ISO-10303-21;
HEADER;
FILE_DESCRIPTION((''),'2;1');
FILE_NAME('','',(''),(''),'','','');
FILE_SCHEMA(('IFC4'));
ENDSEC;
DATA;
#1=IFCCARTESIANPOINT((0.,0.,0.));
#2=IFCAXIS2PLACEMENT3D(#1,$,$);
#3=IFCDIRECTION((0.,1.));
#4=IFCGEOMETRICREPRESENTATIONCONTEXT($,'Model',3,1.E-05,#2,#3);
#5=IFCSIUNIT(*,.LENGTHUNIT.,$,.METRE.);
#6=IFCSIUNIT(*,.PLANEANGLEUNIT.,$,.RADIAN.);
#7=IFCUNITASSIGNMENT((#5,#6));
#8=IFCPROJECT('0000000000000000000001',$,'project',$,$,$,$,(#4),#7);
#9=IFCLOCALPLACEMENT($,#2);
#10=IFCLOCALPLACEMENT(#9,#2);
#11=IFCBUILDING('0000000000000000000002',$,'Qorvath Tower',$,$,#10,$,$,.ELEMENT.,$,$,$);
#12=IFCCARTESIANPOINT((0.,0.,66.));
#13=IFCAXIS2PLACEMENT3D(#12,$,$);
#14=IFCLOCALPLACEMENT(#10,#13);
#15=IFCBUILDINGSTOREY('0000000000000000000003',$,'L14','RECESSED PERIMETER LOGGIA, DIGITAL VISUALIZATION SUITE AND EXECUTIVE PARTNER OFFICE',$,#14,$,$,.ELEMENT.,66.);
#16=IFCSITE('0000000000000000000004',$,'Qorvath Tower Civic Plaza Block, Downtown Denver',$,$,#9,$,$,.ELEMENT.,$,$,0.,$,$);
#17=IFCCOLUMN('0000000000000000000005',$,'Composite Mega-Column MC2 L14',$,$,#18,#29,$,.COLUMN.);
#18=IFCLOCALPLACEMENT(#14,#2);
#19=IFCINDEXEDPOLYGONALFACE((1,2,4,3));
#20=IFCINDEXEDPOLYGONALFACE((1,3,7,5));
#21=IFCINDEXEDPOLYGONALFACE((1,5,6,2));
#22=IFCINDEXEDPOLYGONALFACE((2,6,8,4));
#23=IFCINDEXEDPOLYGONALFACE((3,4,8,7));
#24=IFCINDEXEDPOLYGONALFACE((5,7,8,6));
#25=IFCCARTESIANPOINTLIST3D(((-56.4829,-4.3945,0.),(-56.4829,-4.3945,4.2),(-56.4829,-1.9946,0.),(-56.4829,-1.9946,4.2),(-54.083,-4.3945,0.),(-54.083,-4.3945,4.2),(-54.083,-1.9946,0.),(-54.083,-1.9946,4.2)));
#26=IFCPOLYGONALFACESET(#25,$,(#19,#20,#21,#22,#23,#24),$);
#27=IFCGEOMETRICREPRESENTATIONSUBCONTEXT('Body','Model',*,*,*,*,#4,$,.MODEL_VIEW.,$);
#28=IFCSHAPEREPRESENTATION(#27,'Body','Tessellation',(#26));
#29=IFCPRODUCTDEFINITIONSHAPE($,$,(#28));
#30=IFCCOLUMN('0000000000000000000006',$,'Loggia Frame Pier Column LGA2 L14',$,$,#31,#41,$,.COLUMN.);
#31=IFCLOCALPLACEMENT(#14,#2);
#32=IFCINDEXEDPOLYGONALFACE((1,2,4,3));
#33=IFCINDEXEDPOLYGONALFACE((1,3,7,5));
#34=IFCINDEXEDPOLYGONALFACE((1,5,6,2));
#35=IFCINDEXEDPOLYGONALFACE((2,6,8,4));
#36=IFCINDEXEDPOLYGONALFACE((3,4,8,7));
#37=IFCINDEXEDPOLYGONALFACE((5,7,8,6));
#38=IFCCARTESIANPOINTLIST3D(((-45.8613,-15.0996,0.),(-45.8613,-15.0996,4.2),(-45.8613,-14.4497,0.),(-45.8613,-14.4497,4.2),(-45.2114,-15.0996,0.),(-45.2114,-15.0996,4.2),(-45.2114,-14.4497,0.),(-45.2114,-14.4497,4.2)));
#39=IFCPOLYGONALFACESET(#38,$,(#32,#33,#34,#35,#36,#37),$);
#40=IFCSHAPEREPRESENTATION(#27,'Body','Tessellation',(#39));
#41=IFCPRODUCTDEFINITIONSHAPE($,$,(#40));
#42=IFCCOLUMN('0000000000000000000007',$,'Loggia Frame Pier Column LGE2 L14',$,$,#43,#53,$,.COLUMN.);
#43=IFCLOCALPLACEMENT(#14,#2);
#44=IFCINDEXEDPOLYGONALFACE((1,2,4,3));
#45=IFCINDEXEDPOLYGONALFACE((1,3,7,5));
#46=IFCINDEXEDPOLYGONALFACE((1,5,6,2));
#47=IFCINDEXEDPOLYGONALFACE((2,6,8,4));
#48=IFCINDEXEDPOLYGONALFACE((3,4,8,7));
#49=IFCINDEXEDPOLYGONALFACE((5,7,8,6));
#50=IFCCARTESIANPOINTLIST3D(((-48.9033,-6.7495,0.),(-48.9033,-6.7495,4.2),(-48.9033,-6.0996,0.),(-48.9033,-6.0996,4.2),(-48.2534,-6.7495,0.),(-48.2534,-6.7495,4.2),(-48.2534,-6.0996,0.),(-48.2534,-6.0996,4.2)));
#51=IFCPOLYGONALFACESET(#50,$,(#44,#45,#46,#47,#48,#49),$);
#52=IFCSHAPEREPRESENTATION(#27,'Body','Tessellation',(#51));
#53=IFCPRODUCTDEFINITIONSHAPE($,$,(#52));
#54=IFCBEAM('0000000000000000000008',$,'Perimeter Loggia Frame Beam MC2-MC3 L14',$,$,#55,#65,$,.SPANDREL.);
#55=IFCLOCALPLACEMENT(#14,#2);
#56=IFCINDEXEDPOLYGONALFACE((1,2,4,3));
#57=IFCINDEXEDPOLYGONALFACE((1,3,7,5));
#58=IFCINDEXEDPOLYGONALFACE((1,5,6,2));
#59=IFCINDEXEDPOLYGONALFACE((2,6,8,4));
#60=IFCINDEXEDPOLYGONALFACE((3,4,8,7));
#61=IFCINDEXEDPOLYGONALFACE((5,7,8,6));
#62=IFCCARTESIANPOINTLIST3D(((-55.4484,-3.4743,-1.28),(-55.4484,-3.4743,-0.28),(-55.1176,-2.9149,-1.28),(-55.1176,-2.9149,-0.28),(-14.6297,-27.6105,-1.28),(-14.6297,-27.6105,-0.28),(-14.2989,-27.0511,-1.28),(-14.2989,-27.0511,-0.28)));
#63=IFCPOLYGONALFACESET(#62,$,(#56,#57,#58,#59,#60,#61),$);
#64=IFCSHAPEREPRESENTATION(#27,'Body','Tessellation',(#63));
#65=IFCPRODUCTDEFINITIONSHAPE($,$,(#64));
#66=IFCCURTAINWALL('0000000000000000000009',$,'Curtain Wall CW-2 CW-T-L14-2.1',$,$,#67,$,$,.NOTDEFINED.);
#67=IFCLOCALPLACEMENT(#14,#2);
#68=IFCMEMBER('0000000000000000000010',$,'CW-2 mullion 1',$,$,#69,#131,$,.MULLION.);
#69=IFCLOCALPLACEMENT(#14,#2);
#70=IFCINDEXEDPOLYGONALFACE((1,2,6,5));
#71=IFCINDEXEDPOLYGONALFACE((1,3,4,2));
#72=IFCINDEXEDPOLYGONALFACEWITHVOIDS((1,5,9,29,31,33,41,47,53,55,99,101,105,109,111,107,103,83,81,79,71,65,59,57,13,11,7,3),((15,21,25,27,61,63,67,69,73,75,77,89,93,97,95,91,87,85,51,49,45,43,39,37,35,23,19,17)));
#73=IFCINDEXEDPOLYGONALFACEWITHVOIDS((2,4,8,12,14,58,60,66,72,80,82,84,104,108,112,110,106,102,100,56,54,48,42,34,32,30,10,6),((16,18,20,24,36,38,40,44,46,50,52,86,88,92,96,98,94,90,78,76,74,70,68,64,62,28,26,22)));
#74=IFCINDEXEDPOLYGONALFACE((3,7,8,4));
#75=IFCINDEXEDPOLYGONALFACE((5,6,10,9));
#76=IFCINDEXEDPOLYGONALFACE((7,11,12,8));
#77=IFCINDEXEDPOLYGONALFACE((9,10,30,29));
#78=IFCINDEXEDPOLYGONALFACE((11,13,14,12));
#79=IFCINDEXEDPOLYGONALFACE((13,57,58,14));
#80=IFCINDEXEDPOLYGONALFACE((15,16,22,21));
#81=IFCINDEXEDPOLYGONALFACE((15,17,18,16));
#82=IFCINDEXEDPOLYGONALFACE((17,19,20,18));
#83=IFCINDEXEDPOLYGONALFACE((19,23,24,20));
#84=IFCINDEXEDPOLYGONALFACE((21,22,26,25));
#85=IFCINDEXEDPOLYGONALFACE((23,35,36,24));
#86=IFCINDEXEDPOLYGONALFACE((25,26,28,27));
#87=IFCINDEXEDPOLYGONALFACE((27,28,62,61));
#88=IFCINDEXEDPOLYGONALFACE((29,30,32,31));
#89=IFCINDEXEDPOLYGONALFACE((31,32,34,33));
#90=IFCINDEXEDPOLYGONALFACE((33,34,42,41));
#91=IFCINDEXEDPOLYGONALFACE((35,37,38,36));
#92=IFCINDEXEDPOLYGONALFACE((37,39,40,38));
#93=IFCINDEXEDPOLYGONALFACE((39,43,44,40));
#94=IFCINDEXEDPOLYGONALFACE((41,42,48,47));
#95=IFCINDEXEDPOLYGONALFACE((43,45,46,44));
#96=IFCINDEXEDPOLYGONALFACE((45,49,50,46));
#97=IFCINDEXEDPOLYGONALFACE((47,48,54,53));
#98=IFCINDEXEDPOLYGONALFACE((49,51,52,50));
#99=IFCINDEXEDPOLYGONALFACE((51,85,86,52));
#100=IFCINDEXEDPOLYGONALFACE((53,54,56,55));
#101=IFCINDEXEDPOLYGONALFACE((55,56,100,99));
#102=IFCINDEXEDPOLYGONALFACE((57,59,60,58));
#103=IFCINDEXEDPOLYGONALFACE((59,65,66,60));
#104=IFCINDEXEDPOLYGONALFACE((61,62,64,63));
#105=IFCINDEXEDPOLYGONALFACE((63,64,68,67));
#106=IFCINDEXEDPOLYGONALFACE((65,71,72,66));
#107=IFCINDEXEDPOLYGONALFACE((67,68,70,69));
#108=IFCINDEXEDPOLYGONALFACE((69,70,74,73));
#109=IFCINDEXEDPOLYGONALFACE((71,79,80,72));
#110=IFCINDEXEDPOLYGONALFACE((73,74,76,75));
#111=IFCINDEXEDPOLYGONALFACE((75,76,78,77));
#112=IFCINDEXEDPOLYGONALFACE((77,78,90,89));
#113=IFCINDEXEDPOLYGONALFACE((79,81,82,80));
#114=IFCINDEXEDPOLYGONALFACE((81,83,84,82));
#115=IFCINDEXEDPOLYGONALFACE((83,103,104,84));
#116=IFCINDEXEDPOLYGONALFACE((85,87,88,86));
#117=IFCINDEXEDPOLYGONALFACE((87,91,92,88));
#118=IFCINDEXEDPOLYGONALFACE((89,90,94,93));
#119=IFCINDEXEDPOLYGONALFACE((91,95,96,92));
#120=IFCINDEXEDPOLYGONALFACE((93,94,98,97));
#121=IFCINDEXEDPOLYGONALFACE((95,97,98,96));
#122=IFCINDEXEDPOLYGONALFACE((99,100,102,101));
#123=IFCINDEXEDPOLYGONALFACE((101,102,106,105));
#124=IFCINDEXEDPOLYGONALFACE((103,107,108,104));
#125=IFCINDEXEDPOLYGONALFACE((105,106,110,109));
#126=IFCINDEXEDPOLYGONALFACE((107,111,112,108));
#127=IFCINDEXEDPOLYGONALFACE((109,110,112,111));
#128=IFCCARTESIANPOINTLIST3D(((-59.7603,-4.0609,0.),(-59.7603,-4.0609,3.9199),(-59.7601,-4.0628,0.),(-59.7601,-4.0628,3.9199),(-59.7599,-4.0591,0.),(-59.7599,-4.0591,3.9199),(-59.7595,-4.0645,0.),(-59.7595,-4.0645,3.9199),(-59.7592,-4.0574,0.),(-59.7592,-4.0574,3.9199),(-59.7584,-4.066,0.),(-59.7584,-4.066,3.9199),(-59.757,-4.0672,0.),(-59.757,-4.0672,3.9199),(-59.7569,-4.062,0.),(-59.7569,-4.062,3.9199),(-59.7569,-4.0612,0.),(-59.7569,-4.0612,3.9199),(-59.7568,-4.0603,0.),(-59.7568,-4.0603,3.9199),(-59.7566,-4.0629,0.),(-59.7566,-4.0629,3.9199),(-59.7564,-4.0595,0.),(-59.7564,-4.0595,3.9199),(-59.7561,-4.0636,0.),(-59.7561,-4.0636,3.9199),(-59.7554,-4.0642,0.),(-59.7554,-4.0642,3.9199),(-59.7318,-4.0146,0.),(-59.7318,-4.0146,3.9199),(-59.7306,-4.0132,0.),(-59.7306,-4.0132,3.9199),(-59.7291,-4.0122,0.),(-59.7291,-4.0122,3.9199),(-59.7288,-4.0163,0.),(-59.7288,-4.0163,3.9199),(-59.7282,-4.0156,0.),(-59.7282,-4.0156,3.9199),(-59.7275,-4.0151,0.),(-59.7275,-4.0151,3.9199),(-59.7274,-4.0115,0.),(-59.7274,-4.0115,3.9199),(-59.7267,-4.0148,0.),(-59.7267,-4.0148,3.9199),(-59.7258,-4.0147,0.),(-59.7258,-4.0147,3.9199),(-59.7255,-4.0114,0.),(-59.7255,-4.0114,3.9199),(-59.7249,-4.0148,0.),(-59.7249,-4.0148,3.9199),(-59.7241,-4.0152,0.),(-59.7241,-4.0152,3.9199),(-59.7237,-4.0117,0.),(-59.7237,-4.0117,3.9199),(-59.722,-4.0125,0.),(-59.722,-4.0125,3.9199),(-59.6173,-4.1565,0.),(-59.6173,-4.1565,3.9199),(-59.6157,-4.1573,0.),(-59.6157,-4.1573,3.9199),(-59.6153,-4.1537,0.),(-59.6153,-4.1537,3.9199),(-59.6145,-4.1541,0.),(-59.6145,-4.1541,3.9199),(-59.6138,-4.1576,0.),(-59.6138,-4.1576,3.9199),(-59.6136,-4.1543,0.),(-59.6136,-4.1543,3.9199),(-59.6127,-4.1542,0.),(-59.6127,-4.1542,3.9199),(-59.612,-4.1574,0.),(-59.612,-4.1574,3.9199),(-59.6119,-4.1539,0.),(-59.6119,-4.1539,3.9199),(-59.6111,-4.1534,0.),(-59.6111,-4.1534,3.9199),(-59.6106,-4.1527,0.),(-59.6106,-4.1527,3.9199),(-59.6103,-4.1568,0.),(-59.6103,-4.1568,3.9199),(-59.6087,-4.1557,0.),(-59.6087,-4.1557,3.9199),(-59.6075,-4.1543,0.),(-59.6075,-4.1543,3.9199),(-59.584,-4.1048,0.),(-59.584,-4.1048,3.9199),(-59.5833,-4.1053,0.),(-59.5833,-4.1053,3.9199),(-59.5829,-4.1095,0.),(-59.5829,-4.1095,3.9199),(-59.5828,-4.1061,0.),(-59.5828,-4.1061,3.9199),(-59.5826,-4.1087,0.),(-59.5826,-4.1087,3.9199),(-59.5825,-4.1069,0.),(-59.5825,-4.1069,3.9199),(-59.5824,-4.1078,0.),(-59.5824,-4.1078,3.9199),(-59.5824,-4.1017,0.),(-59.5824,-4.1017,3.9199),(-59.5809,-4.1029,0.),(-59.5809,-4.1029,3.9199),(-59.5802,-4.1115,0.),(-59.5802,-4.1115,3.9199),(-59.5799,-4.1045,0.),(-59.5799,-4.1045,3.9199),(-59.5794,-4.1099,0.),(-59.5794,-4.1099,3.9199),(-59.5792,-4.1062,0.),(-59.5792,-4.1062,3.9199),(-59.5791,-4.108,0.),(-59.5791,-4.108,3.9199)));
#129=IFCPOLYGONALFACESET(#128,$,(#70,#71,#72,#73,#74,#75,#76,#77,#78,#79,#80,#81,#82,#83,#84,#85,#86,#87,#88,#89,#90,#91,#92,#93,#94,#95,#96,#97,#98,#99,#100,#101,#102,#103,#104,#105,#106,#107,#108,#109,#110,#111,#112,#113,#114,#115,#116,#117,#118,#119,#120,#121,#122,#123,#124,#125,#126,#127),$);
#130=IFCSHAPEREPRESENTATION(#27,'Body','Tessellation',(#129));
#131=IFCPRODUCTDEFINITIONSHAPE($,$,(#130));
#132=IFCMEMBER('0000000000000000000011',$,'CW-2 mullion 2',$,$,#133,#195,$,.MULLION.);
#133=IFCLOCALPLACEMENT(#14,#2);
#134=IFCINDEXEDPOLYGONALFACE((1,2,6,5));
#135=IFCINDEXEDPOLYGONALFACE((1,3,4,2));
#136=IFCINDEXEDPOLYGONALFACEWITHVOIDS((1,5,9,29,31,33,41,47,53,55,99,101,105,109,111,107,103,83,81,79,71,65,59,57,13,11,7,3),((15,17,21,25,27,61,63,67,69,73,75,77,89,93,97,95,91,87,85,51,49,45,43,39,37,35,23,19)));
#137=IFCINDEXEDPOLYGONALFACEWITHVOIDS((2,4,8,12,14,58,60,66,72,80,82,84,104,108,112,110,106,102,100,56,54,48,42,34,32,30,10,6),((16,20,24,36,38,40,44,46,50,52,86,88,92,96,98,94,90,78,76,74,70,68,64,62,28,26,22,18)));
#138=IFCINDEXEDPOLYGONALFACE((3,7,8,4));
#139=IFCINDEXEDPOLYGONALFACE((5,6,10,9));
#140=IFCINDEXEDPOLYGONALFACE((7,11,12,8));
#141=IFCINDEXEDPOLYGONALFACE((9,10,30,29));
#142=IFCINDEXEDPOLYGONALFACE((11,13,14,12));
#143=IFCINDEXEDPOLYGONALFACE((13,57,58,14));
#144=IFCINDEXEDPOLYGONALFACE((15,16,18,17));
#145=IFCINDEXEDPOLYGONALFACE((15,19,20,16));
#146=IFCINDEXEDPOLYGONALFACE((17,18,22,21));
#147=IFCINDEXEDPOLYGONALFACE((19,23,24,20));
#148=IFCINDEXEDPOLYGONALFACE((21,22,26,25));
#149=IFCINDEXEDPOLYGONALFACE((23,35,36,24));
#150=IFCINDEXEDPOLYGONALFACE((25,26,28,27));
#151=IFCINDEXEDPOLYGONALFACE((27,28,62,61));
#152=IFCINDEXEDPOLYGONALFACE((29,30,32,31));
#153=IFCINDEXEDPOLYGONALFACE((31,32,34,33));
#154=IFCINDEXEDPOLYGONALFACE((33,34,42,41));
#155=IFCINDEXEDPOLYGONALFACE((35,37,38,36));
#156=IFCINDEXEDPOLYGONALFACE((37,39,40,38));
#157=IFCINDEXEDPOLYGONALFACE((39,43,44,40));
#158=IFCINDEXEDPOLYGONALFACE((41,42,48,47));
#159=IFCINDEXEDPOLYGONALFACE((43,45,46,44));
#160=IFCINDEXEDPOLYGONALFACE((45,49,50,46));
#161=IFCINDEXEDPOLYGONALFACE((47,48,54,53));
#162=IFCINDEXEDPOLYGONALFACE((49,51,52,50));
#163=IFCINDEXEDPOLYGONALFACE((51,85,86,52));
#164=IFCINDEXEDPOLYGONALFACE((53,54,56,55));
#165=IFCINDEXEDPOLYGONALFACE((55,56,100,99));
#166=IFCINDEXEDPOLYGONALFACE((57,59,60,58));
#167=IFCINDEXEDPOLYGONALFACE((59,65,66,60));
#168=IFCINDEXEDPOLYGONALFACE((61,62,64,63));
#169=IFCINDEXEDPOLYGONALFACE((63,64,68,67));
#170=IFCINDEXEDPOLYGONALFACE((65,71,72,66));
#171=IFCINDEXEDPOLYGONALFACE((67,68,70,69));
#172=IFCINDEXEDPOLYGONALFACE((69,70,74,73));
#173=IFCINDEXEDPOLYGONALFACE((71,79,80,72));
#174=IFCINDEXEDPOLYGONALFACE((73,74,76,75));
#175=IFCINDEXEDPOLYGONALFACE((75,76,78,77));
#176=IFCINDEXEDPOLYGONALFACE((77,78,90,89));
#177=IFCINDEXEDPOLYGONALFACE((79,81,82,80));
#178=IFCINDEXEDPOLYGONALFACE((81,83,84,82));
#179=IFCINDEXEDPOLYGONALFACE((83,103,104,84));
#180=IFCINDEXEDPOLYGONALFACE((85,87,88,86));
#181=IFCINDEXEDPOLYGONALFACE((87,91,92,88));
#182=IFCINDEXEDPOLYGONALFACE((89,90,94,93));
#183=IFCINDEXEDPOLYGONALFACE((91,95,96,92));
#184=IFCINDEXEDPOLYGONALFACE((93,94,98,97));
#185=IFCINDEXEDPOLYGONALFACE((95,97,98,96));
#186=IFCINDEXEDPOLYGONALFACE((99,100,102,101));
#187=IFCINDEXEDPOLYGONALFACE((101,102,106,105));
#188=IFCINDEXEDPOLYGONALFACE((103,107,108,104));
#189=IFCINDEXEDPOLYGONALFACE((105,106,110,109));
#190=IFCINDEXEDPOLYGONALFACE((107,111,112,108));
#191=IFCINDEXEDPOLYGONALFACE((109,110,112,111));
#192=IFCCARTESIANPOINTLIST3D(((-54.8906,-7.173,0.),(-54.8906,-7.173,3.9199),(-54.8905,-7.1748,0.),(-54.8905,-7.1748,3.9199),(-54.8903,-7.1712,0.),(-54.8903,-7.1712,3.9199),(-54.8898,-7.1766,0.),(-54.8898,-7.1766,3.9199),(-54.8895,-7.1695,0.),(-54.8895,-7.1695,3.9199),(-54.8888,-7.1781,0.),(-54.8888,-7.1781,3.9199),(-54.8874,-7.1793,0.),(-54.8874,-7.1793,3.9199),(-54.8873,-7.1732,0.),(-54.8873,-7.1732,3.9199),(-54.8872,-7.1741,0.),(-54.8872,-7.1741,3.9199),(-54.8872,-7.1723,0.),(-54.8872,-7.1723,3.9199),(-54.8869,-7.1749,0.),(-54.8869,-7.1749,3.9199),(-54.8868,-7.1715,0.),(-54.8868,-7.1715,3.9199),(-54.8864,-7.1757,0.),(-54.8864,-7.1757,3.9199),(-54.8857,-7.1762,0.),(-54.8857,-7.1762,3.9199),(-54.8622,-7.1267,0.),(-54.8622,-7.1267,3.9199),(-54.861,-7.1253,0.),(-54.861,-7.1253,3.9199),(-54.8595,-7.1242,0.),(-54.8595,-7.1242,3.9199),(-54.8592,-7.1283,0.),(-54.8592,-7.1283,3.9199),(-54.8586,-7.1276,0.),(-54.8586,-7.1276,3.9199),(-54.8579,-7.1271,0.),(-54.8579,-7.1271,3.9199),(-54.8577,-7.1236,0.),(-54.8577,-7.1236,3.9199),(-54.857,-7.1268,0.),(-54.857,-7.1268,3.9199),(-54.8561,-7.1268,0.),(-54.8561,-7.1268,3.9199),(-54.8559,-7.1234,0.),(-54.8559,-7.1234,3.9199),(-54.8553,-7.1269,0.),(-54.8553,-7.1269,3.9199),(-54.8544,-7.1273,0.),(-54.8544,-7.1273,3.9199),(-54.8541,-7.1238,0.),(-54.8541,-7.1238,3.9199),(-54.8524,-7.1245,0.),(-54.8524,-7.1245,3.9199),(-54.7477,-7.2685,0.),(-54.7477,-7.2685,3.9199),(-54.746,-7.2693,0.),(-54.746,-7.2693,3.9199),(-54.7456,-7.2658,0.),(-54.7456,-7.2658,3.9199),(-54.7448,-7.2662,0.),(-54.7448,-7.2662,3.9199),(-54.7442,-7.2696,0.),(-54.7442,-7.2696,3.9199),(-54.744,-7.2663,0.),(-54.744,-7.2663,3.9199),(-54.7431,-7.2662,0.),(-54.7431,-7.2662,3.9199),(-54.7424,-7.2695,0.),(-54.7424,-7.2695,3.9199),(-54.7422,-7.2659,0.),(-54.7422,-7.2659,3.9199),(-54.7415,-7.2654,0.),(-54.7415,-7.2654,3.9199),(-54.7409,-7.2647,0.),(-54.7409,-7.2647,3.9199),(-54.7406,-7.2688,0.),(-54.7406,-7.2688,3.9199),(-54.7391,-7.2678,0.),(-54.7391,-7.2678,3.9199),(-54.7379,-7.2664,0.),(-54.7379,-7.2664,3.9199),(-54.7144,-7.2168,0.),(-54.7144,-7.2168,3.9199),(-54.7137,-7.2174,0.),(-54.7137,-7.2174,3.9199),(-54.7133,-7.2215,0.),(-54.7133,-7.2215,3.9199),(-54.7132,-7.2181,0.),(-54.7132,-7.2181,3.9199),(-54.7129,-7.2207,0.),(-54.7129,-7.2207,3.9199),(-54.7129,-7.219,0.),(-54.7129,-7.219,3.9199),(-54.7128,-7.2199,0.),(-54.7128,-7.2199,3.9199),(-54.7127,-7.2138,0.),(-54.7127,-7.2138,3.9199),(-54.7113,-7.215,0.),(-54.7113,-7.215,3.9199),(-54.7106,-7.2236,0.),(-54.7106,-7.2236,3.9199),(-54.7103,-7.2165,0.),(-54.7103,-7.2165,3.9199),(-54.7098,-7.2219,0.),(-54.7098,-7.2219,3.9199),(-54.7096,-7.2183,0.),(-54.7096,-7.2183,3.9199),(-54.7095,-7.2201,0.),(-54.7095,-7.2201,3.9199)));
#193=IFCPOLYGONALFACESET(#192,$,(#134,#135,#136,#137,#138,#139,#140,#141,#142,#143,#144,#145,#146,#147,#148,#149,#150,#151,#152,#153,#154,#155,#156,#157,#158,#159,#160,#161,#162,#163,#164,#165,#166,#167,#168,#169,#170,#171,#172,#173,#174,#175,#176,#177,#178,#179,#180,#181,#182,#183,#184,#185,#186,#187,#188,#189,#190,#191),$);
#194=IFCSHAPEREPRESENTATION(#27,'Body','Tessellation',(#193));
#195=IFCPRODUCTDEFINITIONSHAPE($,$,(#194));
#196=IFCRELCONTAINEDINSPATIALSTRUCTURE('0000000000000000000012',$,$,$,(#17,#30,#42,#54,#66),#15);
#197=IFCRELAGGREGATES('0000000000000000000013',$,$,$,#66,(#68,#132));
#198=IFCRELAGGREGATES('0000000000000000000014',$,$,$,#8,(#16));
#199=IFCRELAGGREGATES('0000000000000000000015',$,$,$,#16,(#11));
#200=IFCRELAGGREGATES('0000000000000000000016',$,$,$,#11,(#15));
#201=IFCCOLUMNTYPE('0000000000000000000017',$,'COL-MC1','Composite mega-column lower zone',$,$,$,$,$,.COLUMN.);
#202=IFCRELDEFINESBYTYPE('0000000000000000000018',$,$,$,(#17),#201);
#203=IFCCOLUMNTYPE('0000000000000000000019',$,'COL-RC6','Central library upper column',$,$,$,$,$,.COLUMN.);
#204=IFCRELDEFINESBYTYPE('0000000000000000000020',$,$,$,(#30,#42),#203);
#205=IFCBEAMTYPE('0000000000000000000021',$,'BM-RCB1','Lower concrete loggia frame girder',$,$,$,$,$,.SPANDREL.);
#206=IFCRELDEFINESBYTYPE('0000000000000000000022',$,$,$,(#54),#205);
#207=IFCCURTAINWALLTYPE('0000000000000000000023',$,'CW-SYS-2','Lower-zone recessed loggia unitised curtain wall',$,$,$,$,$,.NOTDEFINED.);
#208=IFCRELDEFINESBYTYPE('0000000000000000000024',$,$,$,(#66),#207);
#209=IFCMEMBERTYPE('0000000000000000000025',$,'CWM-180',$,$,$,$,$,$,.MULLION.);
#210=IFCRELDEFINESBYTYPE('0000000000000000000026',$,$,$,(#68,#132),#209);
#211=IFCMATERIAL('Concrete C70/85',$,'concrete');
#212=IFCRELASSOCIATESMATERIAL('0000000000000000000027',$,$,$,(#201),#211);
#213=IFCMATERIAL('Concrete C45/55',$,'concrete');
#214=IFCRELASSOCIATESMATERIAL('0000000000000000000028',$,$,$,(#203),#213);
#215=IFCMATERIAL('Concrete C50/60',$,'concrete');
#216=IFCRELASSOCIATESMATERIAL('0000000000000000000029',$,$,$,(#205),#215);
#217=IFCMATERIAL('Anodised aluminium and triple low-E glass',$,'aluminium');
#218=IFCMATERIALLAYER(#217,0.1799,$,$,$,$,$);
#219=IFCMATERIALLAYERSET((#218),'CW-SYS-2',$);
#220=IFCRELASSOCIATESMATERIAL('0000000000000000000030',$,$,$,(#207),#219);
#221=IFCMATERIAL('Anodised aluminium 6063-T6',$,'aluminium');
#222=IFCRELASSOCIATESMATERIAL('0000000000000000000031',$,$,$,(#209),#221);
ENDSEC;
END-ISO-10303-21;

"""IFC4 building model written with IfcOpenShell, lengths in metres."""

from ifc_helpers import new_model, si_unit, direction, frame, origin, origin_2d, place, context, subcontext, project, spatial, rectangle, hollow_rectangle, extrude, material, layer, layer_set, material_profile, profile_set, type_object, element, aggregate, save


model = new_model("IFC4")

# Units and contexts
model_context = context("Model", 3, precision=1e-05, world=origin(), true_north=direction((0.0, 1.0)))
body_context = subcontext(model_context, "Body", "Model", "MODEL_VIEW")
ifc_project = project(units=[si_unit("LENGTHUNIT", "METRE"), si_unit("PLANEANGLEUNIT", "RADIAN")], contexts=[model_context])

# Site, building, storey
site_placement = place(None, origin())
site = spatial("IfcSite", under=ifc_project, at=site_placement, Name="Qorvath Tower Civic Plaza Block, Downtown Denver", CompositionType="ELEMENT", RefElevation=0.0)
building_placement = place(site_placement, origin())
building = spatial("IfcBuilding", under=site, at=building_placement, Name="Qorvath Tower", CompositionType="ELEMENT")
storey_placement = place(building_placement, frame((0.0, 0.0, 66.0)))
storey = spatial("IfcBuildingStorey", under=building, at=storey_placement, Name="L14", Description="RECESSED PERIMETER LOGGIA, DIGITAL VISUALIZATION SUITE AND EXECUTIVE PARTNER OFFICE", CompositionType="ELEMENT", Elevation=66.0)

# Columns
ifc_material_1 = material(Name="Concrete C70/85", Category="concrete")
ifc_material_profile_1 = material_profile(ifc_material_1, rectangle(XDim=2.3999, YDim=2.3999, at=origin_2d()), Name="MC 2400x2400")
ifc_profile_set_1 = profile_set([ifc_material_profile_1], Name="Concrete C70/85")
column_type_1 = type_object("IfcColumnType", Name="COL-MC1", Description="Composite mega-column lower zone", PredefinedType="COLUMN", material=ifc_profile_set_1)
column_placement = place(storey_placement, frame((-55.283, -3.1946, 0.0), z_axis=(0.0, 0.0, 1.0), x_axis=(1.0, 0.0, 0.0)))
element("IfcColumn", 1, at=column_placement, inside=storey, type_object=column_type_1, Name="Composite Mega-Column MC2 L14", PredefinedType="COLUMN", context=body_context, shape_type="SweptSolid", body=[
    extrude(rectangle(XDim=2.3999, YDim=2.3999, at=origin_2d()), origin(), (0.0, 0.0, 1.0), 4.2),
])
ifc_material_2 = material(Name="Concrete C45/55", Category="concrete")
ifc_material_profile_2 = material_profile(ifc_material_2, rectangle(XDim=0.6499, YDim=0.6499, at=origin_2d()), Name="RC 650x650")
ifc_profile_set_2 = profile_set([ifc_material_profile_2], Name="Concrete C45/55")
column_type_2 = type_object("IfcColumnType", Name="COL-RC6", Description="Central library upper column", PredefinedType="COLUMN", material=ifc_profile_set_2)
for number, where, z_axis, x_axis, name in (
    (2, (-45.5364, -14.7747, 0.0), (0.0, 0.0, 1.0), (1.0, 0.0, 0.0), "Loggia Frame Pier Column LGA2 L14"),
    (3, (-48.5784, -6.4246, 0.0), (0.0, 0.0, 1.0), (1.0, 0.0, 0.0), "Loggia Frame Pier Column LGE2 L14"),
):
    element("IfcColumn", number, at=place(storey_placement, frame(where, z_axis=z_axis, x_axis=x_axis)), inside=storey, type_object=column_type_2, Name=name, PredefinedType="COLUMN", context=body_context, shape_type="SweptSolid", body=[
        extrude(rectangle(XDim=0.6499, YDim=0.6499, at=origin_2d()), origin(), (0.0, 0.0, 1.0), 4.2),
    ])

# Beam
ifc_material_3 = material(Name="Concrete C50/60", Category="concrete")
ifc_material_profile_3 = material_profile(ifc_material_3, rectangle(XDim=0.6499, YDim=1.0, at=origin_2d()), Name="RCB 1000x650")
ifc_profile_set_3 = profile_set([ifc_material_profile_3], Name="Concrete C50/60")
beam_type = type_object("IfcBeamType", Name="BM-RCB1", Description="Lower concrete loggia frame girder", PredefinedType="SPANDREL", material=ifc_profile_set_3)
beam_placement = place(storey_placement, frame((-55.283, -3.1946, -0.78), z_axis=(0.860777, -0.508982, 0.0), x_axis=(0.508982, 0.860777, 0.0)))
element("IfcBeam", 4, at=beam_placement, inside=storey, type_object=beam_type, Name="Perimeter Loggia Frame Beam MC2-MC3 L14", PredefinedType="SPANDREL", context=body_context, shape_type="SweptSolid", body=[
    extrude(rectangle(XDim=0.6499, YDim=1.0, at=origin_2d()), origin(), (0.0, 0.0, 1.0), 47.4207),
])

# Curtain wall, members
ifc_material_4 = material(Name="Anodised aluminium and triple low-E glass", Category="aluminium")
ifc_layer_1 = layer(ifc_material_4, 0.1799)
ifc_layer_set_1 = layer_set([ifc_layer_1], Name="CW-SYS-2")
curtain_wall_type = type_object("IfcCurtainWallType", Name="CW-SYS-2", Description="Lower-zone recessed loggia unitised curtain wall", PredefinedType="NOTDEFINED", material=ifc_layer_set_1)
curtain_wall_placement = place(storey_placement, origin())
curtain_wall = element("IfcCurtainWall", 5, at=curtain_wall_placement, inside=storey, type_object=curtain_wall_type, Name="Curtain Wall CW-2 CW-T-L14-2.1", PredefinedType="NOTDEFINED")
ifc_material_5 = material(Name="Anodised aluminium 6063-T6", Category="aluminium")
ifc_material_profile_4 = material_profile(ifc_material_5, hollow_rectangle(XDim=0.0649, YDim=0.1799, WallThickness=0.0034, InnerFilletRadius=0.0034, OuterFilletRadius=0.0071, at=origin_2d()), Name="CWM 180x65")
ifc_profile_set_4 = profile_set([ifc_material_profile_4], Name="Anodised aluminium 6063-T6")
member_type_1 = type_object("IfcMemberType", Name="CWM-180", PredefinedType="MULLION", material=ifc_profile_set_4)
member_1_placement = place(storey_placement, frame((-59.6697, -4.0845, 0.0), z_axis=(0.0, 0.0, 1.0), x_axis=(0.538531, 0.842606, 0.0)))
member_1 = element("IfcMember", 6, at=member_1_placement, type_object=member_type_1, Name="CW-2 mullion 1", PredefinedType="MULLION", context=body_context, shape_type="SweptSolid", body=[
    extrude(hollow_rectangle(XDim=0.0649, YDim=0.1799, WallThickness=0.0034, InnerFilletRadius=0.0034, OuterFilletRadius=0.0071, at=origin_2d()), origin(), (0.0, 0.0, 1.0), 3.9199),
])
member_2_placement = place(storey_placement, frame((-54.8, -7.1965, 0.0), z_axis=(0.0, 0.0, 1.0), x_axis=(0.538531, 0.842606, 0.0)))
member_2 = element("IfcMember", 7, at=member_2_placement, type_object=member_type_1, Name="CW-2 mullion 2", PredefinedType="MULLION", context=body_context, shape_type="SweptSolid", body=[
    extrude(hollow_rectangle(XDim=0.0649, YDim=0.1799, WallThickness=0.0034, InnerFilletRadius=0.0034, OuterFilletRadius=0.0071, at=origin_2d()), origin(), (0.0, 0.0, 1.0), 3.9199),
])
aggregate(curtain_wall, [member_1, member_2])

save(model, "model.ifc")
